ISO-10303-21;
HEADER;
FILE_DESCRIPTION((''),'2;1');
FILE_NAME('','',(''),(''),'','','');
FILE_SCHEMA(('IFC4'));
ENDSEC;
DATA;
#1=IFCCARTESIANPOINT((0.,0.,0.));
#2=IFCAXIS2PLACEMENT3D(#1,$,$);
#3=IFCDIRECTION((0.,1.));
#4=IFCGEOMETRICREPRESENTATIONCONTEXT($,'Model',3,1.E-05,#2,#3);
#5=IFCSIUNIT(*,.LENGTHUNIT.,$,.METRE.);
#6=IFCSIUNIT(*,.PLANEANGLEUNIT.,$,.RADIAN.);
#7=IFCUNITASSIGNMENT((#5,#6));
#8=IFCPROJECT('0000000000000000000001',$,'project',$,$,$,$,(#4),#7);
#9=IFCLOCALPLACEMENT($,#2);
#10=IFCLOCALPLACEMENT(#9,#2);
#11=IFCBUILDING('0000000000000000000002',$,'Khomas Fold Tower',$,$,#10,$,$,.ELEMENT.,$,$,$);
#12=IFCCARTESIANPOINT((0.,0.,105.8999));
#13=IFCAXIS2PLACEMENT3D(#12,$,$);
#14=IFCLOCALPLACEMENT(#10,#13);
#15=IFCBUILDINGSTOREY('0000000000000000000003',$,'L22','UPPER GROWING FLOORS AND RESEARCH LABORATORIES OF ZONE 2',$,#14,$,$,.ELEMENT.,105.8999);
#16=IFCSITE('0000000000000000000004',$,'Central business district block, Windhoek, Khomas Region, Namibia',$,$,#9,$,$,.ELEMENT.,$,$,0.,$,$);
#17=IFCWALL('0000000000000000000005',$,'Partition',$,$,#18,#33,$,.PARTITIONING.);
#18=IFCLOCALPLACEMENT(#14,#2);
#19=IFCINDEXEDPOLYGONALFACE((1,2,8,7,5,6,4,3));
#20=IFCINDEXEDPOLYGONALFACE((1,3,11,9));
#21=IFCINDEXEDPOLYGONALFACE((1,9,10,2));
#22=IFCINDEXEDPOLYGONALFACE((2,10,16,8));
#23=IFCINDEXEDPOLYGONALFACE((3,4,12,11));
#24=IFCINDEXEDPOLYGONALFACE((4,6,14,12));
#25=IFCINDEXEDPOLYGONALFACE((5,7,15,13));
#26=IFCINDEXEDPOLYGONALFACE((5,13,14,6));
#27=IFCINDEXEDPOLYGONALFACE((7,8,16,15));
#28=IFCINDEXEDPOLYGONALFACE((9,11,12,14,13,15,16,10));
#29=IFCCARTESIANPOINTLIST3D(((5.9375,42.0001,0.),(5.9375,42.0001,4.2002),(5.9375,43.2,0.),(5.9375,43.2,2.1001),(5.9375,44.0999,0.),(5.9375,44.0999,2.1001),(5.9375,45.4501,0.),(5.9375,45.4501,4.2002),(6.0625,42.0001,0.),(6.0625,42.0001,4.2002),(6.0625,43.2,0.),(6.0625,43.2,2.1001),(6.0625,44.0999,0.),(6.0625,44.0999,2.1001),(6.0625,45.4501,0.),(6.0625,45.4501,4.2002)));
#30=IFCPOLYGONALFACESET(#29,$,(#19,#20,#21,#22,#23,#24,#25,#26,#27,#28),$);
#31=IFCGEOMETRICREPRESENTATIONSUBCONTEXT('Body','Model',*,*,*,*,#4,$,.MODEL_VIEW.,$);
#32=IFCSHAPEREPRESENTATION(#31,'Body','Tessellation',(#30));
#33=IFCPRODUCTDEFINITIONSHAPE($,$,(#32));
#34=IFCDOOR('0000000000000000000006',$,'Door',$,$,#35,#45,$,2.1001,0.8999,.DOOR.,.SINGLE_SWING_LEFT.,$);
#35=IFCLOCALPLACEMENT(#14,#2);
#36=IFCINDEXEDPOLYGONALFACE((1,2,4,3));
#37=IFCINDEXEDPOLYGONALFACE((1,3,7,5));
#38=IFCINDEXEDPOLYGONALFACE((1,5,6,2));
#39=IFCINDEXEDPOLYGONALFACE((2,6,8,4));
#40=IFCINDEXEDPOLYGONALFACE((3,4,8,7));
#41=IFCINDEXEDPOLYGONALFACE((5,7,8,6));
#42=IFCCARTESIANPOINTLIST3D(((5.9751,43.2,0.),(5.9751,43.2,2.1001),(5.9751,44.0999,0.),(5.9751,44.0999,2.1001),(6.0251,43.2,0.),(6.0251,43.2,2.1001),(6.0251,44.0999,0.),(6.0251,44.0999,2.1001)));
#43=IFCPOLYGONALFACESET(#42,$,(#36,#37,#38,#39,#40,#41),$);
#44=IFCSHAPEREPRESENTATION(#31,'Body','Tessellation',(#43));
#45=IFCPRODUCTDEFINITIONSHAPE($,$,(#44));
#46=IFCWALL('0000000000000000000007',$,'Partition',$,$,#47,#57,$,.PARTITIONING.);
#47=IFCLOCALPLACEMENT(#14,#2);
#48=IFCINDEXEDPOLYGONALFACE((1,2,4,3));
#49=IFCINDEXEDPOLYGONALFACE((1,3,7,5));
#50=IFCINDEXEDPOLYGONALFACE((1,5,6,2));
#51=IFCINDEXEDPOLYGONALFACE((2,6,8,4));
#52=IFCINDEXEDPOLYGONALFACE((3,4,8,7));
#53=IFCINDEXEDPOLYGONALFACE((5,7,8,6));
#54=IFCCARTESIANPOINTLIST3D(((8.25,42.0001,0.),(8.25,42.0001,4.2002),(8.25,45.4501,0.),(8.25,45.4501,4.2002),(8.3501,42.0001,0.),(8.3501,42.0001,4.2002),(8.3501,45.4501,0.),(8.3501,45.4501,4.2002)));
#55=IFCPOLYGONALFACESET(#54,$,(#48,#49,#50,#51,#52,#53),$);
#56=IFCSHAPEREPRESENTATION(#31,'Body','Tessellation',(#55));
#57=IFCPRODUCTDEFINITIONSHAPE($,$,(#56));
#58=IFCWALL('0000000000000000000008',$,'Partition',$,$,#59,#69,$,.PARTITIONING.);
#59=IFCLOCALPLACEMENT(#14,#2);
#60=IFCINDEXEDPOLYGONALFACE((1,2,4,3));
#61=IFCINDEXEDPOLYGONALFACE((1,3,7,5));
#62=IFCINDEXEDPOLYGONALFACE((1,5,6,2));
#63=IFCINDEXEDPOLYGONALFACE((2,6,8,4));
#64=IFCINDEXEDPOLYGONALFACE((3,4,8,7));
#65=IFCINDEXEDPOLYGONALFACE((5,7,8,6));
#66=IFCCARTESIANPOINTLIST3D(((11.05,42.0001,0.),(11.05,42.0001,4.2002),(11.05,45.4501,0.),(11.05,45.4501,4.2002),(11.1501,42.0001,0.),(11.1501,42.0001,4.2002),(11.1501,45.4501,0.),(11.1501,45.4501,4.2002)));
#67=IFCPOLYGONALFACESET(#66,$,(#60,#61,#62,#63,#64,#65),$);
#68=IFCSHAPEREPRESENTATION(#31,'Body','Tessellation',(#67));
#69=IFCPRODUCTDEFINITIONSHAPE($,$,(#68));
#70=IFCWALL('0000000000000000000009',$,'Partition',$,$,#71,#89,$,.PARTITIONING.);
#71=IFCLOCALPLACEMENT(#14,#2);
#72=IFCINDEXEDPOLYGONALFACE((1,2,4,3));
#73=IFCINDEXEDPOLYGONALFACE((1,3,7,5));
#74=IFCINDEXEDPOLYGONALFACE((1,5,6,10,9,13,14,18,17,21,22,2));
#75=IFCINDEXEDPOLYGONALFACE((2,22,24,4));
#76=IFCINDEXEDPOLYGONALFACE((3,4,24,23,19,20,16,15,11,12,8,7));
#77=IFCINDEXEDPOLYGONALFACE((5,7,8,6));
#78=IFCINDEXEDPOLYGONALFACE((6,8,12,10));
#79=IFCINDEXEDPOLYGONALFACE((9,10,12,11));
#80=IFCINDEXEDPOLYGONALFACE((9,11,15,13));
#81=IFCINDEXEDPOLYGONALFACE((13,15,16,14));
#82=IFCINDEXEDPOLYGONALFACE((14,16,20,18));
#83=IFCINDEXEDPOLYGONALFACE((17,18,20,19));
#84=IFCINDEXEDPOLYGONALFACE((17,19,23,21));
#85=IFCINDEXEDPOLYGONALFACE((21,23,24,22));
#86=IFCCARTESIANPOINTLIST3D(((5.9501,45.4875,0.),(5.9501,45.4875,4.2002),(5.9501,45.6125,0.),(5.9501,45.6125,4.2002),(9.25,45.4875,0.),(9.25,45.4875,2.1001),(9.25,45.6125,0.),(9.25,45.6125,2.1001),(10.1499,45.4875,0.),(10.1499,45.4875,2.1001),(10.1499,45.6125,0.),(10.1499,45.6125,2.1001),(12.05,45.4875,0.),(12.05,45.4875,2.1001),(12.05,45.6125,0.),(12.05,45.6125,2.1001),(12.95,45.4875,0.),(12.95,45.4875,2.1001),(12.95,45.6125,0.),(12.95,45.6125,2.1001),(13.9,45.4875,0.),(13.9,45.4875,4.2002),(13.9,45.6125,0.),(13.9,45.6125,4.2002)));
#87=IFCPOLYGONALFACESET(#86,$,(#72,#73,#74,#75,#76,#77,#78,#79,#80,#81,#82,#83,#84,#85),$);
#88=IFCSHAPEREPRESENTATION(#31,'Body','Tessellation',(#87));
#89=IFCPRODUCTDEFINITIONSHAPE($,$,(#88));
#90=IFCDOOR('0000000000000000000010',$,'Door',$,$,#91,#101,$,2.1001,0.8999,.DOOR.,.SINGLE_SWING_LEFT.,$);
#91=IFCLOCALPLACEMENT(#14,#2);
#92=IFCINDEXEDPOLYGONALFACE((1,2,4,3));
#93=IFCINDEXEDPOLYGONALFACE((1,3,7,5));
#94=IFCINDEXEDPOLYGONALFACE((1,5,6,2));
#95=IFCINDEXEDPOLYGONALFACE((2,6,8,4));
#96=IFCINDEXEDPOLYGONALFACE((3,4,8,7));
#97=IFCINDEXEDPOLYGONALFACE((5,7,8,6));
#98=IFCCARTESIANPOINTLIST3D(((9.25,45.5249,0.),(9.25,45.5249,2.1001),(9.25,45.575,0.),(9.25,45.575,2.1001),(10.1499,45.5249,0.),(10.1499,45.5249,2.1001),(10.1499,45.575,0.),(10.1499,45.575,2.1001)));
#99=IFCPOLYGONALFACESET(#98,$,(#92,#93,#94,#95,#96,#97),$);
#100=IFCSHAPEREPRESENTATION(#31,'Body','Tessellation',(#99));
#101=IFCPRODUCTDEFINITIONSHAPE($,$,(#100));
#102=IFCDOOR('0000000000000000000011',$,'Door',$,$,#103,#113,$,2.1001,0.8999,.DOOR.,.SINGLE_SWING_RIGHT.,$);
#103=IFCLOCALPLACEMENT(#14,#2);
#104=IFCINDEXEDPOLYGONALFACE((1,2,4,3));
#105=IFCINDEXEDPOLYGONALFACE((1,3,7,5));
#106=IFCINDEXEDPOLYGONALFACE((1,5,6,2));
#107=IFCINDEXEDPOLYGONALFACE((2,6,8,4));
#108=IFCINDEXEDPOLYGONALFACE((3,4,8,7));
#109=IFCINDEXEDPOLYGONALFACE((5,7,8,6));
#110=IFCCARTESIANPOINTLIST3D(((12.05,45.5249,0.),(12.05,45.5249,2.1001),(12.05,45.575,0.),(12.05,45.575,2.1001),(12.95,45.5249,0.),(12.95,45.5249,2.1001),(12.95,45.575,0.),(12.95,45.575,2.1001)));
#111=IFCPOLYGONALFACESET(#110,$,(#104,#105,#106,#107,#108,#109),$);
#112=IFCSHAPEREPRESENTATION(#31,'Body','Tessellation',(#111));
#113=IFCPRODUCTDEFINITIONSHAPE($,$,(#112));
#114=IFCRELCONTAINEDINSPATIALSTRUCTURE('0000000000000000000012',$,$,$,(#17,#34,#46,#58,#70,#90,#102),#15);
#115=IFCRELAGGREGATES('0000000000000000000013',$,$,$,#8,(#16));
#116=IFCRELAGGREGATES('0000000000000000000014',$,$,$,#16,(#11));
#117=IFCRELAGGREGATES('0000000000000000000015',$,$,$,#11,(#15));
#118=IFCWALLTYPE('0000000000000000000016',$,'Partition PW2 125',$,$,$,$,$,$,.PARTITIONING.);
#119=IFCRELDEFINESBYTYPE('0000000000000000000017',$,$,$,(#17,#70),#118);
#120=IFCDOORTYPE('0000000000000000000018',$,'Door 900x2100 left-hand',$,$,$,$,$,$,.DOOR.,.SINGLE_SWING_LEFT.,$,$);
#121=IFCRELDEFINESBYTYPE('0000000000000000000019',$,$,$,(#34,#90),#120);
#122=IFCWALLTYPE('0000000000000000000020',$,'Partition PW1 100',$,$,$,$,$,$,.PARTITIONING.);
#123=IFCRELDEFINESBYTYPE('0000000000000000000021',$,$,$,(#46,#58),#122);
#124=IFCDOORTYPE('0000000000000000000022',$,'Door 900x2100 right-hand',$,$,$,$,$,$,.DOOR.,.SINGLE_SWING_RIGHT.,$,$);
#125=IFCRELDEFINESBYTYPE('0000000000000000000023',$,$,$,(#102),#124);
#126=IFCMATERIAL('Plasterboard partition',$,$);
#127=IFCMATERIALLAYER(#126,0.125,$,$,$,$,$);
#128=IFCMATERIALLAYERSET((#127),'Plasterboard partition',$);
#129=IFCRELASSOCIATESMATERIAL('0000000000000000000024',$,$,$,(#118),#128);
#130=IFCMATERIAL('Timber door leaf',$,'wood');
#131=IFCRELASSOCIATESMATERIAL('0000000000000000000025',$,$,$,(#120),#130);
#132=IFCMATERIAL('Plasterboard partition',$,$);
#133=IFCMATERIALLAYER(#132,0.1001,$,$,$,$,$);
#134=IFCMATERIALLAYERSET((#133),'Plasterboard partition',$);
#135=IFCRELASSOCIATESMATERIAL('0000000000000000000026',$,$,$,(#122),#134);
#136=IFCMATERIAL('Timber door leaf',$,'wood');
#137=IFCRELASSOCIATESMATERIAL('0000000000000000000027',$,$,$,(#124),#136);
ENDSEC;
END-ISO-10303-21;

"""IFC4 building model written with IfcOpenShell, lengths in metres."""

from ifc_helpers import new_model, si_unit, direction, frame, frame_2d, origin, place, context, subcontext, project, spatial, rectangle, extrude, source, transform, mapped, material, layer, layer_set, type_object, element, fill, save


model = new_model("IFC4")

# Units and contexts
model_context = context("Model", 3, precision=1e-05, world=origin(), true_north=direction((0.0, 1.0)))
body_context = subcontext(model_context, "Body", "Model", "MODEL_VIEW")
ifc_project = project(units=[si_unit("LENGTHUNIT", "METRE"), si_unit("PLANEANGLEUNIT", "RADIAN")], contexts=[model_context])

# Site, building, storey
site_placement = place(None, origin())
site = spatial("IfcSite", under=ifc_project, at=site_placement, Name="Central business district block, Windhoek, Khomas Region, Namibia", CompositionType="ELEMENT", RefElevation=0.0)
building_placement = place(site_placement, origin())
building = spatial("IfcBuilding", under=site, at=building_placement, Name="Khomas Fold Tower", CompositionType="ELEMENT")
storey_placement = place(building_placement, frame((0.0, 0.0, 105.8999)))
storey = spatial("IfcBuildingStorey", under=building, at=storey_placement, Name="L22", Description="UPPER GROWING FLOORS AND RESEARCH LABORATORIES OF ZONE 2", CompositionType="ELEMENT", Elevation=105.8999)

# Wall, opening, door
ifc_material_1 = material(Name="Plasterboard partition")
ifc_layer_1 = layer(ifc_material_1, 0.125)
ifc_layer_set_1 = layer_set([ifc_layer_1], Name="Plasterboard partition")
wall_type_1 = type_object("IfcWallType", Name="Partition PW2 125", PredefinedType="PARTITIONING", material=ifc_layer_set_1)
shared_shape_1 = source(origin(), body_context, "Body", "SweptSolid", [
    extrude(rectangle(XDim=3.45, YDim=0.125, at=frame_2d((1.7251, 0.0))), origin(), (0.0, 0.0, 1.0), 4.2002),
])
wall_1_placement = place(storey_placement, frame((6.0, 42.0, 0.0), z_axis=(0.0, 0.0, 1.0), x_axis=(0.0, 1.0, 0.0)))
wall_1 = element("IfcWall", 1, at=wall_1_placement, inside=storey, type_object=wall_type_1, Name="Partition", PredefinedType="PARTITIONING", context=body_context, shape_type="MappedRepresentation", body=[
    mapped(shared_shape_1, transform((0.0, 0.0, 0.0))),
])
shared_shape_2 = source(origin(), body_context, "Body", "SweptSolid", [
    extrude(rectangle(XDim=0.8999, YDim=2.1001, at=frame_2d((0.45, 1.05))), frame((0.0, 0.0725, 0.0), z_axis=(0.0, -1.0, 0.0), x_axis=(1.0, 0.0, 0.0)), (0.0, 0.0, 1.0), 0.145),
])
opening_1_placement = place(wall_1_placement, frame((1.2, 0.0, 0.0)))
opening_1 = element("IfcOpeningElement", 2, at=opening_1_placement, cuts=wall_1, PredefinedType="OPENING", context=body_context, shape_type="MappedRepresentation", body=[
    mapped(shared_shape_2, transform((0.0, 0.0, 0.0))),
])
ifc_material_2 = material(Name="Timber door leaf", Category="wood")
door_type_1 = type_object("IfcDoorType", Name="Door 900x2100 left-hand", OperationType="SINGLE_SWING_LEFT", PredefinedType="DOOR", material=ifc_material_2)
shared_shape_3 = source(origin(), body_context, "Body", "SweptSolid", [
    extrude(rectangle(XDim=0.8999, YDim=2.1001, at=frame_2d((0.45, 1.05))), frame((0.0, 0.0249, 0.0), z_axis=(0.0, -1.0, 0.0), x_axis=(1.0, 0.0, 0.0)), (0.0, 0.0, 1.0), 0.05),
])
door_1_placement = place(opening_1_placement, origin())
door_1 = element("IfcDoor", 3, at=door_1_placement, inside=storey, type_object=door_type_1, Name="Door", OperationType="SINGLE_SWING_LEFT", OverallHeight=2.1001, OverallWidth=0.8999, PredefinedType="DOOR", context=body_context, shape_type="MappedRepresentation", body=[
    mapped(shared_shape_3, transform((0.0, 0.0, 0.0))),
])
fill(opening_1, door_1)

# Walls
ifc_material_3 = material(Name="Plasterboard partition")
ifc_layer_2 = layer(ifc_material_3, 0.1001)
ifc_layer_set_2 = layer_set([ifc_layer_2], Name="Plasterboard partition")
wall_type_2 = type_object("IfcWallType", Name="Partition PW1 100", PredefinedType="PARTITIONING", material=ifc_layer_set_2)
shared_shape_4 = source(origin(), body_context, "Body", "SweptSolid", [
    extrude(rectangle(XDim=3.45, YDim=0.1001, at=frame_2d((1.7251, 0.0))), origin(), (0.0, 0.0, 1.0), 4.2002),
])
for number, where, z_axis, x_axis, name in (
    (4, (8.3, 42.0, 0.0), (0.0, 0.0, 1.0), (0.0, 1.0, 0.0), "Partition"),
    (5, (11.1001, 42.0, 0.0), (0.0, 0.0, 1.0), (0.0, 1.0, 0.0), "Partition"),
):
    element("IfcWall", number, at=place(storey_placement, frame(where, z_axis=z_axis, x_axis=x_axis)), inside=storey, type_object=wall_type_2, Name=name, PredefinedType="PARTITIONING", context=body_context, shape_type="MappedRepresentation", body=[
        mapped(shared_shape_4, transform((0.0, 0.0, 0.0))),
    ])

# Wall, openings, doors
shared_shape_5 = source(origin(), body_context, "Body", "SweptSolid", [
    extrude(rectangle(XDim=7.95, YDim=0.125, at=frame_2d((3.9751, 0.0))), origin(), (0.0, 0.0, 1.0), 4.2002),
])
wall_2_placement = place(storey_placement, frame((5.95, 45.55, 0.0), z_axis=(0.0, 0.0, 1.0), x_axis=(1.0, 0.0, 0.0)))
wall_2 = element("IfcWall", 6, at=wall_2_placement, inside=storey, type_object=wall_type_1, Name="Partition", PredefinedType="PARTITIONING", context=body_context, shape_type="MappedRepresentation", body=[
    mapped(shared_shape_5, transform((0.0, 0.0, 0.0))),
])
opening_2_placement = place(wall_2_placement, frame((3.3, 0.0, 0.0)))
opening_2 = element("IfcOpeningElement", 7, at=opening_2_placement, cuts=wall_2, PredefinedType="OPENING", context=body_context, shape_type="MappedRepresentation", body=[
    mapped(shared_shape_2, transform((0.0, 0.0, 0.0))),
])
opening_3_placement = place(wall_2_placement, frame((6.1001, 0.0, 0.0)))
opening_3 = element("IfcOpeningElement", 8, at=opening_3_placement, cuts=wall_2, PredefinedType="OPENING", context=body_context, shape_type="MappedRepresentation", body=[
    mapped(shared_shape_2, transform((0.0, 0.0, 0.0))),
])
door_2_placement = place(opening_2_placement, origin())
door_2 = element("IfcDoor", 9, at=door_2_placement, inside=storey, type_object=door_type_1, Name="Door", OperationType="SINGLE_SWING_LEFT", OverallHeight=2.1001, OverallWidth=0.8999, PredefinedType="DOOR", context=body_context, shape_type="MappedRepresentation", body=[
    mapped(shared_shape_3, transform((0.0, 0.0, 0.0))),
])
fill(opening_2, door_2)
ifc_material_4 = material(Name="Timber door leaf", Category="wood")
door_type_2 = type_object("IfcDoorType", Name="Door 900x2100 right-hand", OperationType="SINGLE_SWING_RIGHT", PredefinedType="DOOR", material=ifc_material_4)
door_3_placement = place(opening_3_placement, origin())
door_3 = element("IfcDoor", 10, at=door_3_placement, inside=storey, type_object=door_type_2, Name="Door", OperationType="SINGLE_SWING_RIGHT", OverallHeight=2.1001, OverallWidth=0.8999, PredefinedType="DOOR", context=body_context, shape_type="MappedRepresentation", body=[
    mapped(shared_shape_3, transform((0.0, 0.0, 0.0))),
])
fill(opening_3, door_3)

save(model, "model.ifc")
